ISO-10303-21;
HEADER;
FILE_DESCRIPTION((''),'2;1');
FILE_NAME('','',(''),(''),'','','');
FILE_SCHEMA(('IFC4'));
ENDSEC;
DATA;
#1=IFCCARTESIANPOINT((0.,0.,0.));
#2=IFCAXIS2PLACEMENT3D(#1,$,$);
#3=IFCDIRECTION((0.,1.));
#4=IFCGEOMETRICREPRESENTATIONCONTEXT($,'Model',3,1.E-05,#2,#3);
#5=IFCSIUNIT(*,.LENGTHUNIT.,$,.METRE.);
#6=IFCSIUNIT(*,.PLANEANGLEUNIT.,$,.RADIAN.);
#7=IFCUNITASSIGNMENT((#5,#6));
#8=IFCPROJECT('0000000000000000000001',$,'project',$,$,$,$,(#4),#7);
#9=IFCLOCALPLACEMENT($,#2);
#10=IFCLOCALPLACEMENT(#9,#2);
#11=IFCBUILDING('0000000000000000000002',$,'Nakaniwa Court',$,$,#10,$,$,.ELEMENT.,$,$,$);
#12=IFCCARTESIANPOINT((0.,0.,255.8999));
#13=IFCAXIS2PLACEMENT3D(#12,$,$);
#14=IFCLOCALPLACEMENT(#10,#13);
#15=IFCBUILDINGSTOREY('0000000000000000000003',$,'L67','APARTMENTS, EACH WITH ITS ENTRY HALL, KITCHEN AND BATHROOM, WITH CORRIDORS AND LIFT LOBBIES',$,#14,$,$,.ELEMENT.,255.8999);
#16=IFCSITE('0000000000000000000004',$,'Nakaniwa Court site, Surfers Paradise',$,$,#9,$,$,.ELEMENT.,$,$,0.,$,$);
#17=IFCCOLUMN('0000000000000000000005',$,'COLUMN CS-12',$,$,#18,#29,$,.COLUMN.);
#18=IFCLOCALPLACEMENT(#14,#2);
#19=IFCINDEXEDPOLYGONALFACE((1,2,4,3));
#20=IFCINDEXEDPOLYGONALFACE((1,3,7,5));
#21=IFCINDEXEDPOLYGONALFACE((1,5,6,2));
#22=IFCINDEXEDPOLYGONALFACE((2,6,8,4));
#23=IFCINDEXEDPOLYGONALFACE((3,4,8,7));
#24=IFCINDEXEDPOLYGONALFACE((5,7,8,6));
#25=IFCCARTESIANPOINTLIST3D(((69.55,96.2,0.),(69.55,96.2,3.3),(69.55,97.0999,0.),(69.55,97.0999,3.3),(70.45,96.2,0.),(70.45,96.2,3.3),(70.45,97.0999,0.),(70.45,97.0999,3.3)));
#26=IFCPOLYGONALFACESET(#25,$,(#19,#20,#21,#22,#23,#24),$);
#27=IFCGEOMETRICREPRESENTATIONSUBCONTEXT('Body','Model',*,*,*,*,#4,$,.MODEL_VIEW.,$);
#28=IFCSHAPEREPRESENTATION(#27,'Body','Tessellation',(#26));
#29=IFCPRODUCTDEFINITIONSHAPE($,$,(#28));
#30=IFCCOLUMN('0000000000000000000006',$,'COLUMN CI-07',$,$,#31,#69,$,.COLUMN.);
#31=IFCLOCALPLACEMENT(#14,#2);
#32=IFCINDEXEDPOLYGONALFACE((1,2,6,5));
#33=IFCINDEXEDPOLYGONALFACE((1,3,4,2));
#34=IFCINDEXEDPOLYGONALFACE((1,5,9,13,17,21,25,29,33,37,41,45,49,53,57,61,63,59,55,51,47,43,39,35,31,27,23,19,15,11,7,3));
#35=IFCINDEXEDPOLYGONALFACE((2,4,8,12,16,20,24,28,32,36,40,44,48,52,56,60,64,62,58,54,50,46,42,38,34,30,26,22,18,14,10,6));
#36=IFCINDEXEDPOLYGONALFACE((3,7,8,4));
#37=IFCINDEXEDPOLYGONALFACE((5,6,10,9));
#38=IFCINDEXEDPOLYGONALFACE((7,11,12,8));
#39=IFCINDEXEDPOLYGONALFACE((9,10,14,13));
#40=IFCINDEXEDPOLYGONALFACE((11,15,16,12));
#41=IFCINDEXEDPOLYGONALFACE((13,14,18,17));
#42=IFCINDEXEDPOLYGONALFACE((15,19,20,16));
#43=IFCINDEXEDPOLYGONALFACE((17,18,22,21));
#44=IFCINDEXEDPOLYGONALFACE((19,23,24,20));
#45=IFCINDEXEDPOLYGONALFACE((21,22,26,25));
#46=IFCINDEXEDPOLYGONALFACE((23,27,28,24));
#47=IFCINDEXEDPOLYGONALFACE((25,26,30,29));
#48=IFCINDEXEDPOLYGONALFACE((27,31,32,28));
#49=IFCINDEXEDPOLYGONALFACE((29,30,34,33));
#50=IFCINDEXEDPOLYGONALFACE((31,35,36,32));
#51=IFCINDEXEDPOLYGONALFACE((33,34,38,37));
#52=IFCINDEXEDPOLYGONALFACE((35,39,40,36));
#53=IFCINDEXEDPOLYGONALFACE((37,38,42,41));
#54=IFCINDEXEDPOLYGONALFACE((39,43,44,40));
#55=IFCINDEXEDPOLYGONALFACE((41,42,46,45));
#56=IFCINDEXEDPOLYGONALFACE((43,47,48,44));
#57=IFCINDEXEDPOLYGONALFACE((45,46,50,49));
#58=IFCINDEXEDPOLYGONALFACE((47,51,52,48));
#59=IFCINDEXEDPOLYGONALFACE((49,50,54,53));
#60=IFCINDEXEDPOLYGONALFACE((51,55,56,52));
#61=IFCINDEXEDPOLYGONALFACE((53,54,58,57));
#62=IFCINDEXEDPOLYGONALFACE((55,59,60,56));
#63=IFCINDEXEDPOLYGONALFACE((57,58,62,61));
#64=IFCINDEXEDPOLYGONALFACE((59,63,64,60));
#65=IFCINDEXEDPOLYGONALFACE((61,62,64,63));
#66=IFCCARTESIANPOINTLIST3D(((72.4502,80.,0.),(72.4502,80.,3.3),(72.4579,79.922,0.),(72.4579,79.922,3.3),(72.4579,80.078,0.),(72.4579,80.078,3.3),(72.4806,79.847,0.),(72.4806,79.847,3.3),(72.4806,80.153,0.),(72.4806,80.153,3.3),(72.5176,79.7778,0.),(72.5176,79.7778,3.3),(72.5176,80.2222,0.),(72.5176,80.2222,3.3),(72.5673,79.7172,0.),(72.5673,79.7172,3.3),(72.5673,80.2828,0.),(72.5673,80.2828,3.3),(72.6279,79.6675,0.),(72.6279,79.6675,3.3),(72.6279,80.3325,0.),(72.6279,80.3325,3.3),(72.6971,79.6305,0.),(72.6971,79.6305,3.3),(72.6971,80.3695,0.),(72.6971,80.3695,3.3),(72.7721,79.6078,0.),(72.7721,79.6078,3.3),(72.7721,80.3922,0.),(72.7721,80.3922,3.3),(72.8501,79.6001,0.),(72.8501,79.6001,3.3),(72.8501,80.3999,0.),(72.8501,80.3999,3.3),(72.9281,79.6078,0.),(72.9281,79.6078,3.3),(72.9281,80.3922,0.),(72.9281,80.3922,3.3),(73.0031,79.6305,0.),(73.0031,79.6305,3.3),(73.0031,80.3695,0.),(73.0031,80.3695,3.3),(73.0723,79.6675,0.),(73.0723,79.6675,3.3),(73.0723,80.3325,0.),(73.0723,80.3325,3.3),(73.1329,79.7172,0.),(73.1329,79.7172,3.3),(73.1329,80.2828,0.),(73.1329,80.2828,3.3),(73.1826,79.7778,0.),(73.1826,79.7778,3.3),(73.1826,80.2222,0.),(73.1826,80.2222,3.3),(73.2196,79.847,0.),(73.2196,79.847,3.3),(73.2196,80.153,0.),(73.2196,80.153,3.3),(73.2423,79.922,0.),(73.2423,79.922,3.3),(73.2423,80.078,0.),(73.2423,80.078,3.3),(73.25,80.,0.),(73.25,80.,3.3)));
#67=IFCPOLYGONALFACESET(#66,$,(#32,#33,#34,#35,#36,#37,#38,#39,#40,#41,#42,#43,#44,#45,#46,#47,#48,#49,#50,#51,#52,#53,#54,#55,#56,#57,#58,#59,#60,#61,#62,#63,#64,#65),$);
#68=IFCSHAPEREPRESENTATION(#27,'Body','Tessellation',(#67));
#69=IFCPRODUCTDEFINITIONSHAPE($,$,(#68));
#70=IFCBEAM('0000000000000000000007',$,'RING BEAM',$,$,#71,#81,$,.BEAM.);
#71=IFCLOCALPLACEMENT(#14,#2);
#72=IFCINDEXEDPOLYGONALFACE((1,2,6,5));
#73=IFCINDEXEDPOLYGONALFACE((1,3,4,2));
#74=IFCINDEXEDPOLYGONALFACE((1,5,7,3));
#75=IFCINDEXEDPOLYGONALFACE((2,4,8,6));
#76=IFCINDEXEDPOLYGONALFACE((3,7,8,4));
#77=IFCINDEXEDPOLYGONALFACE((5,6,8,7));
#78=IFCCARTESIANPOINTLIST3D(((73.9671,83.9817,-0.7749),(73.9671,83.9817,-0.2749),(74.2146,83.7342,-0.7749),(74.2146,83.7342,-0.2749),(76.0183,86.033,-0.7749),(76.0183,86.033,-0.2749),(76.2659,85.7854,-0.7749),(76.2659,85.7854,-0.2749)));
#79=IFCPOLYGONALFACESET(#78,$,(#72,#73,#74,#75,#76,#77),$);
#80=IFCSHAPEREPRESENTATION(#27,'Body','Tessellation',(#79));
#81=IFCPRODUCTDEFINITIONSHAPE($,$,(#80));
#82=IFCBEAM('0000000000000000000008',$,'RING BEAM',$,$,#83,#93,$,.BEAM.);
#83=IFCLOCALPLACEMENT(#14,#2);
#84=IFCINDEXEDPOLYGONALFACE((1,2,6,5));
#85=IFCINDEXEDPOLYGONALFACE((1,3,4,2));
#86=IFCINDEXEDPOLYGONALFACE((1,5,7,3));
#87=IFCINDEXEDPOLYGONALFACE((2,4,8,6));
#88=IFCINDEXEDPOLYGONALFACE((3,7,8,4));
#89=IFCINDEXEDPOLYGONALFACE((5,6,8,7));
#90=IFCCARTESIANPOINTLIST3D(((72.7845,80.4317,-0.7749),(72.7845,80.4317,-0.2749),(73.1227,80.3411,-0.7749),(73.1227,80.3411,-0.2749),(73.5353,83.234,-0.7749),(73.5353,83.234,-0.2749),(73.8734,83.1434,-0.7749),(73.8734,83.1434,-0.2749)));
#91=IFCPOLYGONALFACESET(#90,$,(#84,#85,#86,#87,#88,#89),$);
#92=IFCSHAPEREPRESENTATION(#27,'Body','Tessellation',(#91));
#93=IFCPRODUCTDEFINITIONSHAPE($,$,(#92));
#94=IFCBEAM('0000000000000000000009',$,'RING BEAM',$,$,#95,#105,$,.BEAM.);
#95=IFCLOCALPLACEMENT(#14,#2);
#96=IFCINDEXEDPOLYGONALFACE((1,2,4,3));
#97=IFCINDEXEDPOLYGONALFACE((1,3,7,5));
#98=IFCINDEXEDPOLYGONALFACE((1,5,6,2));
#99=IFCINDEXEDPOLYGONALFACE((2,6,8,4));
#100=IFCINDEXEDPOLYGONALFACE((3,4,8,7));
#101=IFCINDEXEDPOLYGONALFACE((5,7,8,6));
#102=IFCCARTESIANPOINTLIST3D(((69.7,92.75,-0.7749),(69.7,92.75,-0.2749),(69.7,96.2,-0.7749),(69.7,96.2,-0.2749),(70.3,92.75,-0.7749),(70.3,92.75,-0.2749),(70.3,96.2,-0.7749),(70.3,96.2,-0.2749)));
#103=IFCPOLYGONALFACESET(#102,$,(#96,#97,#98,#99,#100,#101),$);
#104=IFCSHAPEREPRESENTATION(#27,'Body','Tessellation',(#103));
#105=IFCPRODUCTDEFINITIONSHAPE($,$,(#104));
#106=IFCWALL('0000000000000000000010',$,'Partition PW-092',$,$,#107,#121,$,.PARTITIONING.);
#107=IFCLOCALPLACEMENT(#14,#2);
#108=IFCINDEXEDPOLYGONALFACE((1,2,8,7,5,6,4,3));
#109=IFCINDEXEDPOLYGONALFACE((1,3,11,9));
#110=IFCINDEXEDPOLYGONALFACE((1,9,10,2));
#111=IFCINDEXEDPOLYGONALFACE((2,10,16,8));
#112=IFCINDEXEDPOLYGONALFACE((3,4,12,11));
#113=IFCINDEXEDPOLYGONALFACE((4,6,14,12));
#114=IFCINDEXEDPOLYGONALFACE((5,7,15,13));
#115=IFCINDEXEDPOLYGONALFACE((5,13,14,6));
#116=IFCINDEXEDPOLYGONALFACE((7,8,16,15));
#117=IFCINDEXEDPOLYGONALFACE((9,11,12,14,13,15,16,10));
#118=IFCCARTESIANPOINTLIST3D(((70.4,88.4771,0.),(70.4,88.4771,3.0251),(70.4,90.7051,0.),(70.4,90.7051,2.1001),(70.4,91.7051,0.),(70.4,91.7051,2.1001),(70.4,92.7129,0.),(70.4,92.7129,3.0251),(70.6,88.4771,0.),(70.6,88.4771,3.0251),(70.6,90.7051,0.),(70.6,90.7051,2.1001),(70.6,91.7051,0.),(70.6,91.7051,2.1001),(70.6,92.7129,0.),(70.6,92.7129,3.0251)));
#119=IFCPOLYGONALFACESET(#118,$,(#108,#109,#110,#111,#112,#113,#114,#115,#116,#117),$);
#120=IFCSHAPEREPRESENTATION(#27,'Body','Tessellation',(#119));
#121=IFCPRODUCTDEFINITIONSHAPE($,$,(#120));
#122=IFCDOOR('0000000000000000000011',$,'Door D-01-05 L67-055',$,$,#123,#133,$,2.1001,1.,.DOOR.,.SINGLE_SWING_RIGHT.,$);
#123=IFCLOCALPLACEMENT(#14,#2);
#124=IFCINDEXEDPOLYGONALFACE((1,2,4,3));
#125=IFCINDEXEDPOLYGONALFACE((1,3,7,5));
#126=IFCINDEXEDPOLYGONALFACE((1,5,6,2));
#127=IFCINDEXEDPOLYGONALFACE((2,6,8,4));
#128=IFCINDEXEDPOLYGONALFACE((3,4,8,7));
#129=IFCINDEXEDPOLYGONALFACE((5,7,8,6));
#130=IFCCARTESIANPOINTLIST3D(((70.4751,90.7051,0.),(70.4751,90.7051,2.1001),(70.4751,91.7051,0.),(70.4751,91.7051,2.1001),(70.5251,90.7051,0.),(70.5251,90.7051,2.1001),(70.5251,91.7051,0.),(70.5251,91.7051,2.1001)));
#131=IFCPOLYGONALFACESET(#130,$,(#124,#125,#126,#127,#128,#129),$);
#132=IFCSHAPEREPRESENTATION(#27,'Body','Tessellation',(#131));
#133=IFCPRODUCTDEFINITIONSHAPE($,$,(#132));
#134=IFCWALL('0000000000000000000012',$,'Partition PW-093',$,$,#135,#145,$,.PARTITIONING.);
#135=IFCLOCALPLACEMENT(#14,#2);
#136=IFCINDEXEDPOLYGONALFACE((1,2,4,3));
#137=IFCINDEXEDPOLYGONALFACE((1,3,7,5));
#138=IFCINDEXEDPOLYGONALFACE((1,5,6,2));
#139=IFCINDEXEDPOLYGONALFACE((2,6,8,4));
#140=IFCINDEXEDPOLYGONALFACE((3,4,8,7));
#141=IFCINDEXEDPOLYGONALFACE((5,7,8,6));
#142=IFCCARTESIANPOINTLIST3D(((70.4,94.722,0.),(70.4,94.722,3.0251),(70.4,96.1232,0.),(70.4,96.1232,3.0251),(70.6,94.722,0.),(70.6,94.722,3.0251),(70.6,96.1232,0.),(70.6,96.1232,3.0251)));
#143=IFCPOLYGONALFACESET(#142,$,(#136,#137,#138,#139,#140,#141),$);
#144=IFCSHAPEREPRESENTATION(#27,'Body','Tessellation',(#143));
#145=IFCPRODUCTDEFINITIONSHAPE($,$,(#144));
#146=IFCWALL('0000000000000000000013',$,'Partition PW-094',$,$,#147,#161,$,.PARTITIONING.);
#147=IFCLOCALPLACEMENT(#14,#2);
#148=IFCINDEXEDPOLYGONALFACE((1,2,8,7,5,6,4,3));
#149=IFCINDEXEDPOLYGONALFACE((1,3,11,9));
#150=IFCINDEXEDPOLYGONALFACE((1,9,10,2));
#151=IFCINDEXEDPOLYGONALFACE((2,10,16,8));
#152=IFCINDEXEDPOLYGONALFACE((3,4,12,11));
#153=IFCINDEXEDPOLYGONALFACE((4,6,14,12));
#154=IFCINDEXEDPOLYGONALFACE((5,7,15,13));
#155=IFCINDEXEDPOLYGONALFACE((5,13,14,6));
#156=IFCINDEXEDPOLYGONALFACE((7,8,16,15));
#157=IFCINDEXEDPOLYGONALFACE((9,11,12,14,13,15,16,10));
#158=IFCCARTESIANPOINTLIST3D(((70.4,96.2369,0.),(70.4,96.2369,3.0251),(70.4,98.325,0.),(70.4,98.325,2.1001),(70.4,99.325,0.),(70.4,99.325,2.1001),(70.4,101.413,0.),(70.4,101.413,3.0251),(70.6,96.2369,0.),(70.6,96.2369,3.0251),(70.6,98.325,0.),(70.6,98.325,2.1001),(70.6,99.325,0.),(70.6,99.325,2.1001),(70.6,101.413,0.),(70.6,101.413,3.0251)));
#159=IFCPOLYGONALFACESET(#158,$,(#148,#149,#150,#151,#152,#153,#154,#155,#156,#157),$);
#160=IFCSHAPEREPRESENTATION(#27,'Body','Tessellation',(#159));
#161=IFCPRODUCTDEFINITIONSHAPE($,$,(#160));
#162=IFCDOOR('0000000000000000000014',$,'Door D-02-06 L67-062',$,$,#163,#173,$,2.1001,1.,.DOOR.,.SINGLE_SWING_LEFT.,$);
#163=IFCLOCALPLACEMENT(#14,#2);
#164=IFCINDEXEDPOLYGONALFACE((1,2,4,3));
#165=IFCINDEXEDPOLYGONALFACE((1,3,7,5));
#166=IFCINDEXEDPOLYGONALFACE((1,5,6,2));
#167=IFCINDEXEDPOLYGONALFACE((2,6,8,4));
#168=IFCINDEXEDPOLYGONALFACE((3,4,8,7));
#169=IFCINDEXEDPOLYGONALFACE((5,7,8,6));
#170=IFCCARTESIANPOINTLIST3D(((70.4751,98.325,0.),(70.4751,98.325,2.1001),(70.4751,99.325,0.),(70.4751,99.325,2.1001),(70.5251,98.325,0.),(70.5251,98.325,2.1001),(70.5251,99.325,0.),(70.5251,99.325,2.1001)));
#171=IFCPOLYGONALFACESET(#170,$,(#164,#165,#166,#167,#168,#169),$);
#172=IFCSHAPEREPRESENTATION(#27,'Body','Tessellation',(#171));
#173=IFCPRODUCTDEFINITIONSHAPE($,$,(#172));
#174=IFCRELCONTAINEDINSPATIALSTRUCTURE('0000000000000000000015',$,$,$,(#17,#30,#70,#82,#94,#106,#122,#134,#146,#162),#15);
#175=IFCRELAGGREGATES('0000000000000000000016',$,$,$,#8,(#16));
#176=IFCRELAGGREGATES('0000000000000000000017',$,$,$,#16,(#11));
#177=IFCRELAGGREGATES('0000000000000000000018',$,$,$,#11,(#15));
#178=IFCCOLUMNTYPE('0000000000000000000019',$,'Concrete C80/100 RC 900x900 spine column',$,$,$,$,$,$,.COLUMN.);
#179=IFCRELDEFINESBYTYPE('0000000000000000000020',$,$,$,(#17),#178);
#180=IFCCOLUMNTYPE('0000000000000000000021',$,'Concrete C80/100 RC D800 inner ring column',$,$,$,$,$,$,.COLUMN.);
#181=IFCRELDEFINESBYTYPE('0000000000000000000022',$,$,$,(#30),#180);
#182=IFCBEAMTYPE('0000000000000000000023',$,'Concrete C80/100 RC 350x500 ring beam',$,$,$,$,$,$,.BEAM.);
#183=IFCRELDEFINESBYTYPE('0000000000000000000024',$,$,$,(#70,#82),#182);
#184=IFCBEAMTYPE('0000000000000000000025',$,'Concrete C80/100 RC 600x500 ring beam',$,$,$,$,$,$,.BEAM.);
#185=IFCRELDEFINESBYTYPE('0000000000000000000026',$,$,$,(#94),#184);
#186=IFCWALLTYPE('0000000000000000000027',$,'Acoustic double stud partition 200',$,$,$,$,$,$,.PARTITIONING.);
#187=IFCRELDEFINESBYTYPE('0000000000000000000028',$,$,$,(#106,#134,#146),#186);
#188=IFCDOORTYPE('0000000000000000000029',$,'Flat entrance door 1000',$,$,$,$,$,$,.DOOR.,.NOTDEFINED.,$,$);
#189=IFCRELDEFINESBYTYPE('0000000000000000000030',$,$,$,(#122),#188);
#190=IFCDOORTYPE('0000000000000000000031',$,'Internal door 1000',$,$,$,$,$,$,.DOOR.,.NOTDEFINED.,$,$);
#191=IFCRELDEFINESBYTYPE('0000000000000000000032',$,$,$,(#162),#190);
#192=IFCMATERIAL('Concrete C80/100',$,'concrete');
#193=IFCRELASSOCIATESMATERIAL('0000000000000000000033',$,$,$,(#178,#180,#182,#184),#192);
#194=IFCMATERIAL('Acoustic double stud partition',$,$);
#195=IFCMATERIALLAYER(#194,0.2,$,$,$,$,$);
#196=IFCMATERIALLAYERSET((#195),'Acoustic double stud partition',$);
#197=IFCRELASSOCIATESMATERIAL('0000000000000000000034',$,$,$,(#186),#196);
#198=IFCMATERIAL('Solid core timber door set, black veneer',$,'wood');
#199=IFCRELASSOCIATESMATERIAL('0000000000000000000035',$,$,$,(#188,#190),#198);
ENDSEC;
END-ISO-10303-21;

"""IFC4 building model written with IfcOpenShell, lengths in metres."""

from ifc_helpers import new_model, si_unit, direction, frame, frame_2d, origin, origin_2d, place, context, subcontext, project, spatial, rectangle, circle, extrude, material, layer, layer_set, material_profile, profile_set, type_object, element, fill, save


model = new_model("IFC4")

# Units and contexts
model_context = context("Model", 3, precision=1e-05, world=origin(), true_north=direction((0.0, 1.0)))
body_context = subcontext(model_context, "Body", "Model", "MODEL_VIEW")
ifc_project = project(units=[si_unit("LENGTHUNIT", "METRE"), si_unit("PLANEANGLEUNIT", "RADIAN")], contexts=[model_context])

# Site, building, storey
site_placement = place(None, origin())
site = spatial("IfcSite", under=ifc_project, at=site_placement, Name="Nakaniwa Court site, Surfers Paradise", CompositionType="ELEMENT", RefElevation=0.0)
building_placement = place(site_placement, origin())
building = spatial("IfcBuilding", under=site, at=building_placement, Name="Nakaniwa Court", CompositionType="ELEMENT")
storey_placement = place(building_placement, frame((0.0, 0.0, 255.8999)))
storey = spatial("IfcBuildingStorey", under=building, at=storey_placement, Name="L67", Description="APARTMENTS, EACH WITH ITS ENTRY HALL, KITCHEN AND BATHROOM, WITH CORRIDORS AND LIFT LOBBIES", CompositionType="ELEMENT", Elevation=255.8999)

# Columns
ifc_material_1 = material(Name="Concrete C80/100", Category="concrete")
ifc_material_profile_1 = material_profile(ifc_material_1, rectangle(XDim=0.8999, YDim=0.8999, at=origin_2d()), Name="Concrete C80/100 RC 900x900 spine column")
ifc_profile_set_1 = profile_set([ifc_material_profile_1], Name="Concrete C80/100")
column_type_1 = type_object("IfcColumnType", Name="Concrete C80/100 RC 900x900 spine column", PredefinedType="COLUMN", material=ifc_profile_set_1)
column_placement = place(storey_placement, frame((70.0, 96.6499, 0.0), z_axis=(0.0, 0.0, 1.0), x_axis=(0.0, -1.0, 0.0)))
element("IfcColumn", 1, at=column_placement, inside=storey, type_object=column_type_1, Name="COLUMN CS-12", PredefinedType="COLUMN", context=body_context, shape_type="SweptSolid", body=[
    extrude(rectangle(XDim=0.8999, YDim=0.8999, at=origin_2d()), origin(), (0.0, 0.0, 1.0), 3.3),
])
ifc_material_profile_2 = material_profile(ifc_material_1, circle(Radius=0.3999, at=origin_2d()), Name="Concrete C80/100 RC D800 inner ring column")
ifc_profile_set_2 = profile_set([ifc_material_profile_2], Name="Concrete C80/100")
column_type_2 = type_object("IfcColumnType", Name="Concrete C80/100 RC D800 inner ring column", PredefinedType="COLUMN", material=ifc_profile_set_2)
for number, where, z_axis, x_axis, name in (
    (2, (72.8501, 80.0, 0.0), (0.0, 0.0, 1.0), (0.0, -1.0, 0.0), "COLUMN CI-07"),
):
    element("IfcColumn", number, at=place(storey_placement, frame(where, z_axis=z_axis, x_axis=x_axis)), inside=storey, type_object=column_type_2, Name=name, PredefinedType="COLUMN", context=body_context, shape_type="SweptSolid", body=[
        extrude(circle(Radius=0.3999, at=origin_2d()), origin(), (0.0, 0.0, 1.0), 3.3),
    ])

# Beams
ifc_material_profile_3 = material_profile(ifc_material_1, rectangle(XDim=0.3501, YDim=0.5, at=origin_2d()), Name="Concrete C80/100 RC 350x500 ring beam")
ifc_profile_set_3 = profile_set([ifc_material_profile_3], Name="Concrete C80/100")
beam_type_1 = type_object("IfcBeamType", Name="Concrete C80/100 RC 350x500 ring beam", PredefinedType="BEAM", material=ifc_profile_set_3)
beam_1_placement = place(storey_placement, frame((76.1421, 85.9092, -0.5249), z_axis=(-0.707107, -0.707107, 0.0), x_axis=(0.707107, -0.707107, 0.0)))
element("IfcBeam", 3, at=beam_1_placement, inside=storey, type_object=beam_type_1, Name="RING BEAM", PredefinedType="BEAM", context=body_context, shape_type="SweptSolid", body=[
    extrude(rectangle(XDim=0.3501, YDim=0.5, at=origin_2d()), origin(), (0.0, 0.0, 1.0), 2.9009),
])
beam_2_placement = place(storey_placement, frame((73.7043, 83.1887, -0.5249), z_axis=(-0.258778, -0.965937, 0.0), x_axis=(0.965937, -0.258778, 0.0)))
element("IfcBeam", 4, at=beam_2_placement, inside=storey, type_object=beam_type_1, Name="RING BEAM", PredefinedType="BEAM", context=body_context, shape_type="SweptSolid", body=[
    extrude(rectangle(XDim=0.3501, YDim=0.5, at=origin_2d()), origin(), (0.0, 0.0, 1.0), 2.9011),
])
ifc_material_profile_4 = material_profile(ifc_material_1, rectangle(XDim=0.6001, YDim=0.5, at=origin_2d()), Name="Concrete C80/100 RC 600x500 ring beam")
ifc_profile_set_4 = profile_set([ifc_material_profile_4], Name="Concrete C80/100")
beam_type_2 = type_object("IfcBeamType", Name="Concrete C80/100 RC 600x500 ring beam", PredefinedType="BEAM", material=ifc_profile_set_4)
beam_3_placement = place(storey_placement, frame((70.0, 96.2, -0.5249), z_axis=(0.0, -1.0, 0.0), x_axis=(1.0, 0.0, 0.0)))
element("IfcBeam", 5, at=beam_3_placement, inside=storey, type_object=beam_type_2, Name="RING BEAM", PredefinedType="BEAM", context=body_context, shape_type="SweptSolid", body=[
    extrude(rectangle(XDim=0.6001, YDim=0.5, at=origin_2d()), origin(), (0.0, 0.0, 1.0), 3.45),
])

# Wall, opening, door
ifc_material_2 = material(Name="Acoustic double stud partition")
ifc_layer_1 = layer(ifc_material_2, 0.2)
ifc_layer_set_1 = layer_set([ifc_layer_1], Name="Acoustic double stud partition")
wall_type_1 = type_object("IfcWallType", Name="Acoustic double stud partition 200", PredefinedType="PARTITIONING", material=ifc_layer_set_1)
wall_1_placement = place(storey_placement, frame((70.5, 88.4771, 0.0), z_axis=(0.0, 0.0, 1.0), x_axis=(0.0, 1.0, 0.0)))
wall_1 = element("IfcWall", 6, at=wall_1_placement, inside=storey, type_object=wall_type_1, Name="Partition PW-092", PredefinedType="PARTITIONING", context=body_context, shape_type="SweptSolid", body=[
    extrude(rectangle(XDim=4.2358, YDim=0.2, at=frame_2d((2.1179, 0.0))), origin(), (0.0, 0.0, 1.0), 3.0251),
])
opening_1_placement = place(wall_1_placement, frame((2.228, 0.0, 0.0)))
opening_1 = element("IfcOpeningElement", 7, at=opening_1_placement, cuts=wall_1, PredefinedType="OPENING", context=body_context, shape_type="SweptSolid", body=[
    extrude(rectangle(XDim=1.0, YDim=2.1001, at=frame_2d((0.5, 1.05))), frame((0.0, 0.1099, 0.0), z_axis=(0.0, -1.0, 0.0), x_axis=(1.0, 0.0, 0.0)), (0.0, 0.0, 1.0), 0.22),
])
ifc_material_3 = material(Name="Solid core timber door set, black veneer", Category="wood")
door_type_1 = type_object("IfcDoorType", Name="Flat entrance door 1000", OperationType="NOTDEFINED", PredefinedType="DOOR", material=ifc_material_3)
door_1_placement = place(opening_1_placement, origin())
door_1 = element("IfcDoor", 8, at=door_1_placement, inside=storey, type_object=door_type_1, Name="Door D-01-05 L67-055", OperationType="SINGLE_SWING_RIGHT", OverallHeight=2.1001, OverallWidth=1.0, PredefinedType="DOOR", context=body_context, shape_type="SweptSolid", body=[
    extrude(rectangle(XDim=1.0, YDim=2.1001, at=frame_2d((0.5, 1.05))), frame((0.0, 0.0249, 0.0), z_axis=(0.0, -1.0, 0.0), x_axis=(1.0, 0.0, 0.0)), (0.0, 0.0, 1.0), 0.05),
])
fill(opening_1, door_1)

# Wall
wall_2_placement = place(storey_placement, frame((70.5, 94.7219, 0.0), z_axis=(0.0, 0.0, 1.0), x_axis=(0.0, 1.0, 0.0)))
element("IfcWall", 9, at=wall_2_placement, inside=storey, type_object=wall_type_1, Name="Partition PW-093", PredefinedType="PARTITIONING", context=body_context, shape_type="SweptSolid", body=[
    extrude(rectangle(XDim=1.4011, YDim=0.2, at=frame_2d((0.7007, 0.0))), origin(), (0.0, 0.0, 1.0), 3.0251),
])

# Wall, opening, door
wall_3_placement = place(storey_placement, frame((70.5, 96.2371, 0.0), z_axis=(0.0, 0.0, 1.0), x_axis=(0.0, 1.0, 0.0)))
wall_3 = element("IfcWall", 10, at=wall_3_placement, inside=storey, type_object=wall_type_1, Name="Partition PW-094", PredefinedType="PARTITIONING", context=body_context, shape_type="SweptSolid", body=[
    extrude(rectangle(XDim=5.176, YDim=0.2, at=frame_2d((2.5879, 0.0))), origin(), (0.0, 0.0, 1.0), 3.0251),
])
opening_2_placement = place(wall_3_placement, frame((2.0879, 0.0, 0.0)))
opening_2 = element("IfcOpeningElement", 11, at=opening_2_placement, cuts=wall_3, PredefinedType="OPENING", context=body_context, shape_type="SweptSolid", body=[
    extrude(rectangle(XDim=1.0, YDim=2.1001, at=frame_2d((0.5, 1.05))), frame((0.0, 0.1099, 0.0), z_axis=(0.0, -1.0, 0.0), x_axis=(1.0, 0.0, 0.0)), (0.0, 0.0, 1.0), 0.22),
])
door_type_2 = type_object("IfcDoorType", Name="Internal door 1000", OperationType="NOTDEFINED", PredefinedType="DOOR", material=ifc_material_3)
door_2_placement = place(opening_2_placement, origin())
door_2 = element("IfcDoor", 12, at=door_2_placement, inside=storey, type_object=door_type_2, Name="Door D-02-06 L67-062", OperationType="SINGLE_SWING_LEFT", OverallHeight=2.1001, OverallWidth=1.0, PredefinedType="DOOR", context=body_context, shape_type="SweptSolid", body=[
    extrude(rectangle(XDim=1.0, YDim=2.1001, at=frame_2d((0.5, 1.05))), frame((0.0, 0.0249, 0.0), z_axis=(0.0, -1.0, 0.0), x_axis=(1.0, 0.0, 0.0)), (0.0, 0.0, 1.0), 0.05),
])
fill(opening_2, door_2)

save(model, "model.ifc")
